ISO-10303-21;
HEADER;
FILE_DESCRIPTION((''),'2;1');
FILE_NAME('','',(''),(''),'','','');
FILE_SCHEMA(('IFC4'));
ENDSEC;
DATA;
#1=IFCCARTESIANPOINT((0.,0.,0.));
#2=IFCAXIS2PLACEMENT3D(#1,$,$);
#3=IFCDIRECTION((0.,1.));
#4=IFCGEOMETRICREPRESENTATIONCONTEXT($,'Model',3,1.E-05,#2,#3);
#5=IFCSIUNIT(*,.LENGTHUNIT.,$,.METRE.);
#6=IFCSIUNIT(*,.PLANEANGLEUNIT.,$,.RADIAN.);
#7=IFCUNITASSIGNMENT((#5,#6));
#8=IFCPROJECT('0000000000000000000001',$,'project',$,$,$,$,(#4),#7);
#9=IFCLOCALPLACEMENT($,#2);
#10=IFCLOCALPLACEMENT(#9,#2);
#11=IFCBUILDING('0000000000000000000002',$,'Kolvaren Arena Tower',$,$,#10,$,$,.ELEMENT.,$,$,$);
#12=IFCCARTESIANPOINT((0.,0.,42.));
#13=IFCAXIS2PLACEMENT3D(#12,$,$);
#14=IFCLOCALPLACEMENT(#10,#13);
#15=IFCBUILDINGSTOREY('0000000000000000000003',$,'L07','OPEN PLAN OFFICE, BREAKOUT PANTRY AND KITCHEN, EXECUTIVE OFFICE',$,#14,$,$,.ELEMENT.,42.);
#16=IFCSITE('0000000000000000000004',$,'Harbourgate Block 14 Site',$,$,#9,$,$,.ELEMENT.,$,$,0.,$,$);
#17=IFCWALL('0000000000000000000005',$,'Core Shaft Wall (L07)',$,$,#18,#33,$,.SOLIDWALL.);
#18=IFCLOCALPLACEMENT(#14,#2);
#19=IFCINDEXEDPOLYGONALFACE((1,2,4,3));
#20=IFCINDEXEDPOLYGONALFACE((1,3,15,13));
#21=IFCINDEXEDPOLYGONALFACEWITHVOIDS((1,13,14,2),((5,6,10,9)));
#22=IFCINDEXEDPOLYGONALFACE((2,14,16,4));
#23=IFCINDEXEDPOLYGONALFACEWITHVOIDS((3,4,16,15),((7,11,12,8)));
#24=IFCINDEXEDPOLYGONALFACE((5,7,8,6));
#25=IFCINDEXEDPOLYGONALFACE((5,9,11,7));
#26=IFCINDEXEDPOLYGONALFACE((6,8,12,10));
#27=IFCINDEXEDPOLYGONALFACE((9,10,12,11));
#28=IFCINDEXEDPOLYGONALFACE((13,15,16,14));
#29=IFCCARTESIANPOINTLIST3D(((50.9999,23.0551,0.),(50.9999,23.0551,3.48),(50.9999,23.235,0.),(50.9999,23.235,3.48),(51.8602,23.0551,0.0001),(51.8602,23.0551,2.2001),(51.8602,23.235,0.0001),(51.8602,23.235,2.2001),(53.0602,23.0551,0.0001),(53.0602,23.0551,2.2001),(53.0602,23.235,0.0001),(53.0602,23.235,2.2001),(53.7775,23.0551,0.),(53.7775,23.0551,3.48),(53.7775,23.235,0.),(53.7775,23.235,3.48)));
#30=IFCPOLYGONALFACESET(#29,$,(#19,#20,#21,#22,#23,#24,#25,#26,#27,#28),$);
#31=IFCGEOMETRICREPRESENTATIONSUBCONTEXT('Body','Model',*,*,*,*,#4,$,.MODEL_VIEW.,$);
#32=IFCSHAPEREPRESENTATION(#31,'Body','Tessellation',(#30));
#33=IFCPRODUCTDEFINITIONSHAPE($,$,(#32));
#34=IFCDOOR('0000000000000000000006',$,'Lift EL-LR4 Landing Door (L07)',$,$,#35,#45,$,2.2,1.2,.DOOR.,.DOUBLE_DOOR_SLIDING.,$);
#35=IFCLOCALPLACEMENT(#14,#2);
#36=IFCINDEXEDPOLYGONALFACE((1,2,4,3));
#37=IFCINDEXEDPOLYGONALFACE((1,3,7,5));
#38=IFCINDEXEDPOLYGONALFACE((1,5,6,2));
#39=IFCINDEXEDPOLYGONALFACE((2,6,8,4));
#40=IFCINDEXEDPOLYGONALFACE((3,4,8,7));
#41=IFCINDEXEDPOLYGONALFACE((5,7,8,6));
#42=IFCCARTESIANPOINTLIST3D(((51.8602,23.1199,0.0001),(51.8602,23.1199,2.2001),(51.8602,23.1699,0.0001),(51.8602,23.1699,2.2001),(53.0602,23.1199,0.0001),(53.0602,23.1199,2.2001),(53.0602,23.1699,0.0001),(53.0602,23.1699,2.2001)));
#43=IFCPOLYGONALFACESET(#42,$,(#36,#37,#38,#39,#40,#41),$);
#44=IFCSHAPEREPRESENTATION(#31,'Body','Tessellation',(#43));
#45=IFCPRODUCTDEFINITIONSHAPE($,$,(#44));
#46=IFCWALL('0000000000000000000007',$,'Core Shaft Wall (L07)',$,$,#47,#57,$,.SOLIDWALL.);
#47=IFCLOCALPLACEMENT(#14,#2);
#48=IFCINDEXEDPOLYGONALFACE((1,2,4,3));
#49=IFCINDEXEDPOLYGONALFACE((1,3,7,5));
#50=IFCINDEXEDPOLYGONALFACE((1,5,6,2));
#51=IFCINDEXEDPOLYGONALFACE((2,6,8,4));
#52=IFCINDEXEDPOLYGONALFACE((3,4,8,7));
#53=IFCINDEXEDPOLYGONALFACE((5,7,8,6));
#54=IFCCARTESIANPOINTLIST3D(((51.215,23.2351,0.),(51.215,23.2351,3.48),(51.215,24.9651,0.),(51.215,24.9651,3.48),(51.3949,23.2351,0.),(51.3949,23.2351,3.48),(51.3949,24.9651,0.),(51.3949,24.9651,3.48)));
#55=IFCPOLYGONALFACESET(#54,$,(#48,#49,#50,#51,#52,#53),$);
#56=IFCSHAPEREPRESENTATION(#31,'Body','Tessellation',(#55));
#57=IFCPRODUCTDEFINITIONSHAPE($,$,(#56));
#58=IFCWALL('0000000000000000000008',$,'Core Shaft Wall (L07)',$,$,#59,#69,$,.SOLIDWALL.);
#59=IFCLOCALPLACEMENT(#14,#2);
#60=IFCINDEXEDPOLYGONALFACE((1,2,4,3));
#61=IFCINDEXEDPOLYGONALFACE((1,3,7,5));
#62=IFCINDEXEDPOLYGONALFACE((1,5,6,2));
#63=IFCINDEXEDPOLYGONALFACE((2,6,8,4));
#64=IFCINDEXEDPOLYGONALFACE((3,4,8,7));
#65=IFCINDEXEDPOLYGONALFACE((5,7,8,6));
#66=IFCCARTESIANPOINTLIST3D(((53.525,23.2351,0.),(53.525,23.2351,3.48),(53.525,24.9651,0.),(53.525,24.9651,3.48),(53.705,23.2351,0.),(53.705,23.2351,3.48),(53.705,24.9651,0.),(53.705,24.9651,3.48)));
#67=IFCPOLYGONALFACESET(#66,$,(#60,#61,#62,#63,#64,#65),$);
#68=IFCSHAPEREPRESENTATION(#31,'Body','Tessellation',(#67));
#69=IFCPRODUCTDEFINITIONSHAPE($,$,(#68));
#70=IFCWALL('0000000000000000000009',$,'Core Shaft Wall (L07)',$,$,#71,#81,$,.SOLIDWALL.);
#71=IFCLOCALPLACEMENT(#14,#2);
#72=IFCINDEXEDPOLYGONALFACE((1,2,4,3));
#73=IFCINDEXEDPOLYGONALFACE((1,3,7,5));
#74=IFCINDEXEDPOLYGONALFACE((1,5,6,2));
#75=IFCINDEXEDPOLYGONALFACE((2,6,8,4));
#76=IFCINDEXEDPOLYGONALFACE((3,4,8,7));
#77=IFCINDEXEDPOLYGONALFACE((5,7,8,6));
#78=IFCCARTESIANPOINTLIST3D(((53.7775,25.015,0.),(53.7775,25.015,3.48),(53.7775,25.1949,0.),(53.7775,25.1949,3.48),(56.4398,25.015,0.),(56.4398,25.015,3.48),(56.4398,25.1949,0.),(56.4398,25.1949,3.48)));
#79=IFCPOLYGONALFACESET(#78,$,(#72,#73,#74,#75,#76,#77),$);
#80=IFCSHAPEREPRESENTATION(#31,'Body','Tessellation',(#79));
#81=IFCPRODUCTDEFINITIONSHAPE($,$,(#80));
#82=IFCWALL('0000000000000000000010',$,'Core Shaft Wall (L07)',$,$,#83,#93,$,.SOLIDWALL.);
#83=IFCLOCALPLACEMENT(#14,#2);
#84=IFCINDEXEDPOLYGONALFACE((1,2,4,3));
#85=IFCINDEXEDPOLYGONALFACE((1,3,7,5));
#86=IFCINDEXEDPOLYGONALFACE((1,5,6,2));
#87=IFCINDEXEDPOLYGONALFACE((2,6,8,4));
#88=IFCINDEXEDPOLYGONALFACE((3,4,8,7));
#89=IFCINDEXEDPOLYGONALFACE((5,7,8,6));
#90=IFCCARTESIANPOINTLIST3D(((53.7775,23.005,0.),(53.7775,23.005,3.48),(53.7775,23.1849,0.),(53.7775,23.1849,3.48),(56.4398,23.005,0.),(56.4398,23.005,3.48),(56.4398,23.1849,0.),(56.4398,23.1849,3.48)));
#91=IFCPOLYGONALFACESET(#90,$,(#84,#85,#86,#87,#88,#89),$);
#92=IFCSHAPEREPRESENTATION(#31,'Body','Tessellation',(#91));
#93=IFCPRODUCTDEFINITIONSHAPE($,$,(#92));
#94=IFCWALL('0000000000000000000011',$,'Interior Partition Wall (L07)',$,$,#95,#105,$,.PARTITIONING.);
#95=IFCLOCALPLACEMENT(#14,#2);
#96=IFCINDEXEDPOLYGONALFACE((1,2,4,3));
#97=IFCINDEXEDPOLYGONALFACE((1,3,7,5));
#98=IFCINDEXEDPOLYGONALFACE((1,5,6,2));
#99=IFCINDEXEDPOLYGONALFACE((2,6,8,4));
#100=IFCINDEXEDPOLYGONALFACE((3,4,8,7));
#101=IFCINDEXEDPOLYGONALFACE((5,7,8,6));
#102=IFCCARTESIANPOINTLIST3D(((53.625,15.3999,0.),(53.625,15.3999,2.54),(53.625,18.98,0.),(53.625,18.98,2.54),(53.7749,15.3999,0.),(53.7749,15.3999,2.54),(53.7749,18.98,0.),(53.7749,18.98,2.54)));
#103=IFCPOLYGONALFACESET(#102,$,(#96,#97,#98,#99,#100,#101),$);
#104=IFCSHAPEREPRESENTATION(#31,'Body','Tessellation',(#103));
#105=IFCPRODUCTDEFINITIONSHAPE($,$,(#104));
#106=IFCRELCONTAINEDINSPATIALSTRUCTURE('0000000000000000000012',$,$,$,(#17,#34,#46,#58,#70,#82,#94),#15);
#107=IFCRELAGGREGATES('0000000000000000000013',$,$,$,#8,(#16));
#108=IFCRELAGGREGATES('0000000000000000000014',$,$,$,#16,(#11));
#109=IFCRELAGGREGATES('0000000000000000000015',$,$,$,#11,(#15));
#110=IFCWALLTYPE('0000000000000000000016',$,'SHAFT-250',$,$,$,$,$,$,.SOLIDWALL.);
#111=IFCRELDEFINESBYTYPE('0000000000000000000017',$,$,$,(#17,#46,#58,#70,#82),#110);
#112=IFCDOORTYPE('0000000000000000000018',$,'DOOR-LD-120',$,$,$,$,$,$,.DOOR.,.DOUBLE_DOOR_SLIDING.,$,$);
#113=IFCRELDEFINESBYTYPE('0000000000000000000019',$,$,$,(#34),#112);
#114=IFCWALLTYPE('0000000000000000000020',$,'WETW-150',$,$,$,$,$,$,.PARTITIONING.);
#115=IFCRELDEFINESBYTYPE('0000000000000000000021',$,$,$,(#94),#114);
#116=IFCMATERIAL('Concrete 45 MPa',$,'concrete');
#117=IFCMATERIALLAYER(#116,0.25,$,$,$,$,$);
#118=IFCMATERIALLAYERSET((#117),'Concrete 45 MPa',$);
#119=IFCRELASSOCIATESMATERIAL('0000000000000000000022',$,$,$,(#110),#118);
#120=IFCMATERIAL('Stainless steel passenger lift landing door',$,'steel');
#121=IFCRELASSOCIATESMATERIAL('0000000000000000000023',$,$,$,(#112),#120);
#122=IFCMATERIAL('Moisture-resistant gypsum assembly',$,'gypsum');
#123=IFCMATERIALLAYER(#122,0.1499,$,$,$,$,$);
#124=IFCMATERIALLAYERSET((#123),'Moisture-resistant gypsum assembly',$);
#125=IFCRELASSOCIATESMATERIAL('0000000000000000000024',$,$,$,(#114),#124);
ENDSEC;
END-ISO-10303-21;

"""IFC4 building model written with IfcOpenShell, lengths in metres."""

from ifc_helpers import new_model, si_unit, direction, frame, frame_2d, origin, place, context, subcontext, project, spatial, rectangle, extrude, material, layer, layer_set, type_object, element, fill, save


model = new_model("IFC4")

# Units and contexts
model_context = context("Model", 3, precision=1e-05, world=origin(), true_north=direction((0.0, 1.0)))
body_context = subcontext(model_context, "Body", "Model", "MODEL_VIEW")
ifc_project = project(units=[si_unit("LENGTHUNIT", "METRE"), si_unit("PLANEANGLEUNIT", "RADIAN")], contexts=[model_context])

# Site, building, storey
site_placement = place(None, origin())
site = spatial("IfcSite", under=ifc_project, at=site_placement, Name="Harbourgate Block 14 Site", CompositionType="ELEMENT", RefElevation=0.0)
building_placement = place(site_placement, origin())
building = spatial("IfcBuilding", under=site, at=building_placement, Name="Kolvaren Arena Tower", CompositionType="ELEMENT")
storey_placement = place(building_placement, frame((0.0, 0.0, 42.0)))
storey = spatial("IfcBuildingStorey", under=building, at=storey_placement, Name="L07", Description="OPEN PLAN OFFICE, BREAKOUT PANTRY AND KITCHEN, EXECUTIVE OFFICE", CompositionType="ELEMENT", Elevation=42.0)

# Shared definitions
ifc_material_1 = material(Name="Concrete 45 MPa", Category="concrete")
ifc_layer_1 = layer(ifc_material_1, 0.25)
ifc_layer_set_1 = layer_set([ifc_layer_1], Name="Concrete 45 MPa")
wall_type_1 = type_object("IfcWallType", Name="SHAFT-250", PredefinedType="SOLIDWALL", material=ifc_layer_set_1)
ifc_material_2 = material(Name="Stainless steel passenger lift landing door", Category="steel")
door_type_1 = type_object("IfcDoorType", Name="DOOR-LD-120", OperationType="DOUBLE_DOOR_SLIDING", PredefinedType="DOOR", material=ifc_material_2)

# Wall, opening, door
wall_1_placement = place(storey_placement, frame((51.0, 23.145, 0.0), z_axis=(0.0, 0.0, 1.0), x_axis=(1.0, 0.0, 0.0)))
wall_1 = element("IfcWall", 1, at=wall_1_placement, inside=storey, type_object=wall_type_1, Name="Core Shaft Wall (L07)", PredefinedType="SOLIDWALL", context=body_context, shape_type="SweptSolid", body=[
    extrude(rectangle(XDim=2.7776, YDim=0.1799, at=frame_2d((1.3887, 0.0))), origin(), (0.0, 0.0, 1.0), 3.48),
])
opening_1_placement = place(wall_1_placement, frame((0.8601, 0.0, 0.0)))
opening_1 = element("IfcOpeningElement", 2, at=opening_1_placement, cuts=wall_1, PredefinedType="OPENING", context=body_context, shape_type="SweptSolid", body=[
    extrude(rectangle(XDim=1.2, YDim=2.2, at=frame_2d((0.6001, 1.1001))), frame((0.0, 0.0999, 0.0), z_axis=(0.0, -1.0, 0.0), x_axis=(1.0, 0.0, 0.0)), (0.0, 0.0, 1.0), 0.2),
])
door_1_placement = place(opening_1_placement, origin())
door_1 = element("IfcDoor", 3, at=door_1_placement, inside=storey, type_object=door_type_1, Name="Lift EL-LR4 Landing Door (L07)", OperationType="DOUBLE_DOOR_SLIDING", OverallHeight=2.2, OverallWidth=1.2, PredefinedType="DOOR", context=body_context, shape_type="SweptSolid", body=[
    extrude(rectangle(XDim=1.2, YDim=2.2, at=frame_2d((0.6001, 1.1001))), frame((0.0, 0.0249, 0.0), z_axis=(0.0, -1.0, 0.0), x_axis=(1.0, 0.0, 0.0)), (0.0, 0.0, 1.0), 0.05),
])
fill(opening_1, door_1)

# Walls
for number, where, z_axis, x_axis, name in (
    (4, (51.3049, 23.2351, 0.0), (0.0, 0.0, 1.0), (0.0, 1.0, 0.0), "Core Shaft Wall (L07)"),
    (5, (53.615, 23.2351, 0.0), (0.0, 0.0, 1.0), (0.0, 1.0, 0.0), "Core Shaft Wall (L07)"),
):
    element("IfcWall", number, at=place(storey_placement, frame(where, z_axis=z_axis, x_axis=x_axis)), inside=storey, type_object=wall_type_1, Name=name, PredefinedType="SOLIDWALL", context=body_context, shape_type="SweptSolid", body=[
        extrude(rectangle(XDim=1.73, YDim=0.1799, at=frame_2d((0.865, 0.0))), origin(), (0.0, 0.0, 1.0), 3.48),
    ])
for number, where, z_axis, x_axis, name in (
    (6, (53.7776, 25.105, 0.0), (0.0, 0.0, 1.0), (1.0, 0.0, 0.0), "Core Shaft Wall (L07)"),
    (7, (53.7776, 23.095, 0.0), (0.0, 0.0, 1.0), (1.0, 0.0, 0.0), "Core Shaft Wall (L07)"),
):
    element("IfcWall", number, at=place(storey_placement, frame(where, z_axis=z_axis, x_axis=x_axis)), inside=storey, type_object=wall_type_1, Name=name, PredefinedType="SOLIDWALL", context=body_context, shape_type="SweptSolid", body=[
        extrude(rectangle(XDim=2.6624, YDim=0.1799, at=frame_2d((1.3311, 0.0))), origin(), (0.0, 0.0, 1.0), 3.48),
    ])
ifc_material_3 = material(Name="Moisture-resistant gypsum assembly", Category="gypsum")
ifc_layer_2 = layer(ifc_material_3, 0.1499)
ifc_layer_set_2 = layer_set([ifc_layer_2], Name="Moisture-resistant gypsum assembly")
wall_type_2 = type_object("IfcWallType", Name="WETW-150", PredefinedType="PARTITIONING", material=ifc_layer_set_2)
wall_2_placement = place(storey_placement, frame((53.7, 15.3999, 0.0), z_axis=(0.0, 0.0, 1.0), x_axis=(0.0, 1.0, 0.0)))
element("IfcWall", 8, at=wall_2_placement, inside=storey, type_object=wall_type_2, Name="Interior Partition Wall (L07)", PredefinedType="PARTITIONING", context=body_context, shape_type="SweptSolid", body=[
    extrude(rectangle(XDim=3.5801, YDim=0.1499, at=frame_2d((1.79, 0.0))), origin(), (0.0, 0.0, 1.0), 2.54),
])

save(model, "model.ifc")
